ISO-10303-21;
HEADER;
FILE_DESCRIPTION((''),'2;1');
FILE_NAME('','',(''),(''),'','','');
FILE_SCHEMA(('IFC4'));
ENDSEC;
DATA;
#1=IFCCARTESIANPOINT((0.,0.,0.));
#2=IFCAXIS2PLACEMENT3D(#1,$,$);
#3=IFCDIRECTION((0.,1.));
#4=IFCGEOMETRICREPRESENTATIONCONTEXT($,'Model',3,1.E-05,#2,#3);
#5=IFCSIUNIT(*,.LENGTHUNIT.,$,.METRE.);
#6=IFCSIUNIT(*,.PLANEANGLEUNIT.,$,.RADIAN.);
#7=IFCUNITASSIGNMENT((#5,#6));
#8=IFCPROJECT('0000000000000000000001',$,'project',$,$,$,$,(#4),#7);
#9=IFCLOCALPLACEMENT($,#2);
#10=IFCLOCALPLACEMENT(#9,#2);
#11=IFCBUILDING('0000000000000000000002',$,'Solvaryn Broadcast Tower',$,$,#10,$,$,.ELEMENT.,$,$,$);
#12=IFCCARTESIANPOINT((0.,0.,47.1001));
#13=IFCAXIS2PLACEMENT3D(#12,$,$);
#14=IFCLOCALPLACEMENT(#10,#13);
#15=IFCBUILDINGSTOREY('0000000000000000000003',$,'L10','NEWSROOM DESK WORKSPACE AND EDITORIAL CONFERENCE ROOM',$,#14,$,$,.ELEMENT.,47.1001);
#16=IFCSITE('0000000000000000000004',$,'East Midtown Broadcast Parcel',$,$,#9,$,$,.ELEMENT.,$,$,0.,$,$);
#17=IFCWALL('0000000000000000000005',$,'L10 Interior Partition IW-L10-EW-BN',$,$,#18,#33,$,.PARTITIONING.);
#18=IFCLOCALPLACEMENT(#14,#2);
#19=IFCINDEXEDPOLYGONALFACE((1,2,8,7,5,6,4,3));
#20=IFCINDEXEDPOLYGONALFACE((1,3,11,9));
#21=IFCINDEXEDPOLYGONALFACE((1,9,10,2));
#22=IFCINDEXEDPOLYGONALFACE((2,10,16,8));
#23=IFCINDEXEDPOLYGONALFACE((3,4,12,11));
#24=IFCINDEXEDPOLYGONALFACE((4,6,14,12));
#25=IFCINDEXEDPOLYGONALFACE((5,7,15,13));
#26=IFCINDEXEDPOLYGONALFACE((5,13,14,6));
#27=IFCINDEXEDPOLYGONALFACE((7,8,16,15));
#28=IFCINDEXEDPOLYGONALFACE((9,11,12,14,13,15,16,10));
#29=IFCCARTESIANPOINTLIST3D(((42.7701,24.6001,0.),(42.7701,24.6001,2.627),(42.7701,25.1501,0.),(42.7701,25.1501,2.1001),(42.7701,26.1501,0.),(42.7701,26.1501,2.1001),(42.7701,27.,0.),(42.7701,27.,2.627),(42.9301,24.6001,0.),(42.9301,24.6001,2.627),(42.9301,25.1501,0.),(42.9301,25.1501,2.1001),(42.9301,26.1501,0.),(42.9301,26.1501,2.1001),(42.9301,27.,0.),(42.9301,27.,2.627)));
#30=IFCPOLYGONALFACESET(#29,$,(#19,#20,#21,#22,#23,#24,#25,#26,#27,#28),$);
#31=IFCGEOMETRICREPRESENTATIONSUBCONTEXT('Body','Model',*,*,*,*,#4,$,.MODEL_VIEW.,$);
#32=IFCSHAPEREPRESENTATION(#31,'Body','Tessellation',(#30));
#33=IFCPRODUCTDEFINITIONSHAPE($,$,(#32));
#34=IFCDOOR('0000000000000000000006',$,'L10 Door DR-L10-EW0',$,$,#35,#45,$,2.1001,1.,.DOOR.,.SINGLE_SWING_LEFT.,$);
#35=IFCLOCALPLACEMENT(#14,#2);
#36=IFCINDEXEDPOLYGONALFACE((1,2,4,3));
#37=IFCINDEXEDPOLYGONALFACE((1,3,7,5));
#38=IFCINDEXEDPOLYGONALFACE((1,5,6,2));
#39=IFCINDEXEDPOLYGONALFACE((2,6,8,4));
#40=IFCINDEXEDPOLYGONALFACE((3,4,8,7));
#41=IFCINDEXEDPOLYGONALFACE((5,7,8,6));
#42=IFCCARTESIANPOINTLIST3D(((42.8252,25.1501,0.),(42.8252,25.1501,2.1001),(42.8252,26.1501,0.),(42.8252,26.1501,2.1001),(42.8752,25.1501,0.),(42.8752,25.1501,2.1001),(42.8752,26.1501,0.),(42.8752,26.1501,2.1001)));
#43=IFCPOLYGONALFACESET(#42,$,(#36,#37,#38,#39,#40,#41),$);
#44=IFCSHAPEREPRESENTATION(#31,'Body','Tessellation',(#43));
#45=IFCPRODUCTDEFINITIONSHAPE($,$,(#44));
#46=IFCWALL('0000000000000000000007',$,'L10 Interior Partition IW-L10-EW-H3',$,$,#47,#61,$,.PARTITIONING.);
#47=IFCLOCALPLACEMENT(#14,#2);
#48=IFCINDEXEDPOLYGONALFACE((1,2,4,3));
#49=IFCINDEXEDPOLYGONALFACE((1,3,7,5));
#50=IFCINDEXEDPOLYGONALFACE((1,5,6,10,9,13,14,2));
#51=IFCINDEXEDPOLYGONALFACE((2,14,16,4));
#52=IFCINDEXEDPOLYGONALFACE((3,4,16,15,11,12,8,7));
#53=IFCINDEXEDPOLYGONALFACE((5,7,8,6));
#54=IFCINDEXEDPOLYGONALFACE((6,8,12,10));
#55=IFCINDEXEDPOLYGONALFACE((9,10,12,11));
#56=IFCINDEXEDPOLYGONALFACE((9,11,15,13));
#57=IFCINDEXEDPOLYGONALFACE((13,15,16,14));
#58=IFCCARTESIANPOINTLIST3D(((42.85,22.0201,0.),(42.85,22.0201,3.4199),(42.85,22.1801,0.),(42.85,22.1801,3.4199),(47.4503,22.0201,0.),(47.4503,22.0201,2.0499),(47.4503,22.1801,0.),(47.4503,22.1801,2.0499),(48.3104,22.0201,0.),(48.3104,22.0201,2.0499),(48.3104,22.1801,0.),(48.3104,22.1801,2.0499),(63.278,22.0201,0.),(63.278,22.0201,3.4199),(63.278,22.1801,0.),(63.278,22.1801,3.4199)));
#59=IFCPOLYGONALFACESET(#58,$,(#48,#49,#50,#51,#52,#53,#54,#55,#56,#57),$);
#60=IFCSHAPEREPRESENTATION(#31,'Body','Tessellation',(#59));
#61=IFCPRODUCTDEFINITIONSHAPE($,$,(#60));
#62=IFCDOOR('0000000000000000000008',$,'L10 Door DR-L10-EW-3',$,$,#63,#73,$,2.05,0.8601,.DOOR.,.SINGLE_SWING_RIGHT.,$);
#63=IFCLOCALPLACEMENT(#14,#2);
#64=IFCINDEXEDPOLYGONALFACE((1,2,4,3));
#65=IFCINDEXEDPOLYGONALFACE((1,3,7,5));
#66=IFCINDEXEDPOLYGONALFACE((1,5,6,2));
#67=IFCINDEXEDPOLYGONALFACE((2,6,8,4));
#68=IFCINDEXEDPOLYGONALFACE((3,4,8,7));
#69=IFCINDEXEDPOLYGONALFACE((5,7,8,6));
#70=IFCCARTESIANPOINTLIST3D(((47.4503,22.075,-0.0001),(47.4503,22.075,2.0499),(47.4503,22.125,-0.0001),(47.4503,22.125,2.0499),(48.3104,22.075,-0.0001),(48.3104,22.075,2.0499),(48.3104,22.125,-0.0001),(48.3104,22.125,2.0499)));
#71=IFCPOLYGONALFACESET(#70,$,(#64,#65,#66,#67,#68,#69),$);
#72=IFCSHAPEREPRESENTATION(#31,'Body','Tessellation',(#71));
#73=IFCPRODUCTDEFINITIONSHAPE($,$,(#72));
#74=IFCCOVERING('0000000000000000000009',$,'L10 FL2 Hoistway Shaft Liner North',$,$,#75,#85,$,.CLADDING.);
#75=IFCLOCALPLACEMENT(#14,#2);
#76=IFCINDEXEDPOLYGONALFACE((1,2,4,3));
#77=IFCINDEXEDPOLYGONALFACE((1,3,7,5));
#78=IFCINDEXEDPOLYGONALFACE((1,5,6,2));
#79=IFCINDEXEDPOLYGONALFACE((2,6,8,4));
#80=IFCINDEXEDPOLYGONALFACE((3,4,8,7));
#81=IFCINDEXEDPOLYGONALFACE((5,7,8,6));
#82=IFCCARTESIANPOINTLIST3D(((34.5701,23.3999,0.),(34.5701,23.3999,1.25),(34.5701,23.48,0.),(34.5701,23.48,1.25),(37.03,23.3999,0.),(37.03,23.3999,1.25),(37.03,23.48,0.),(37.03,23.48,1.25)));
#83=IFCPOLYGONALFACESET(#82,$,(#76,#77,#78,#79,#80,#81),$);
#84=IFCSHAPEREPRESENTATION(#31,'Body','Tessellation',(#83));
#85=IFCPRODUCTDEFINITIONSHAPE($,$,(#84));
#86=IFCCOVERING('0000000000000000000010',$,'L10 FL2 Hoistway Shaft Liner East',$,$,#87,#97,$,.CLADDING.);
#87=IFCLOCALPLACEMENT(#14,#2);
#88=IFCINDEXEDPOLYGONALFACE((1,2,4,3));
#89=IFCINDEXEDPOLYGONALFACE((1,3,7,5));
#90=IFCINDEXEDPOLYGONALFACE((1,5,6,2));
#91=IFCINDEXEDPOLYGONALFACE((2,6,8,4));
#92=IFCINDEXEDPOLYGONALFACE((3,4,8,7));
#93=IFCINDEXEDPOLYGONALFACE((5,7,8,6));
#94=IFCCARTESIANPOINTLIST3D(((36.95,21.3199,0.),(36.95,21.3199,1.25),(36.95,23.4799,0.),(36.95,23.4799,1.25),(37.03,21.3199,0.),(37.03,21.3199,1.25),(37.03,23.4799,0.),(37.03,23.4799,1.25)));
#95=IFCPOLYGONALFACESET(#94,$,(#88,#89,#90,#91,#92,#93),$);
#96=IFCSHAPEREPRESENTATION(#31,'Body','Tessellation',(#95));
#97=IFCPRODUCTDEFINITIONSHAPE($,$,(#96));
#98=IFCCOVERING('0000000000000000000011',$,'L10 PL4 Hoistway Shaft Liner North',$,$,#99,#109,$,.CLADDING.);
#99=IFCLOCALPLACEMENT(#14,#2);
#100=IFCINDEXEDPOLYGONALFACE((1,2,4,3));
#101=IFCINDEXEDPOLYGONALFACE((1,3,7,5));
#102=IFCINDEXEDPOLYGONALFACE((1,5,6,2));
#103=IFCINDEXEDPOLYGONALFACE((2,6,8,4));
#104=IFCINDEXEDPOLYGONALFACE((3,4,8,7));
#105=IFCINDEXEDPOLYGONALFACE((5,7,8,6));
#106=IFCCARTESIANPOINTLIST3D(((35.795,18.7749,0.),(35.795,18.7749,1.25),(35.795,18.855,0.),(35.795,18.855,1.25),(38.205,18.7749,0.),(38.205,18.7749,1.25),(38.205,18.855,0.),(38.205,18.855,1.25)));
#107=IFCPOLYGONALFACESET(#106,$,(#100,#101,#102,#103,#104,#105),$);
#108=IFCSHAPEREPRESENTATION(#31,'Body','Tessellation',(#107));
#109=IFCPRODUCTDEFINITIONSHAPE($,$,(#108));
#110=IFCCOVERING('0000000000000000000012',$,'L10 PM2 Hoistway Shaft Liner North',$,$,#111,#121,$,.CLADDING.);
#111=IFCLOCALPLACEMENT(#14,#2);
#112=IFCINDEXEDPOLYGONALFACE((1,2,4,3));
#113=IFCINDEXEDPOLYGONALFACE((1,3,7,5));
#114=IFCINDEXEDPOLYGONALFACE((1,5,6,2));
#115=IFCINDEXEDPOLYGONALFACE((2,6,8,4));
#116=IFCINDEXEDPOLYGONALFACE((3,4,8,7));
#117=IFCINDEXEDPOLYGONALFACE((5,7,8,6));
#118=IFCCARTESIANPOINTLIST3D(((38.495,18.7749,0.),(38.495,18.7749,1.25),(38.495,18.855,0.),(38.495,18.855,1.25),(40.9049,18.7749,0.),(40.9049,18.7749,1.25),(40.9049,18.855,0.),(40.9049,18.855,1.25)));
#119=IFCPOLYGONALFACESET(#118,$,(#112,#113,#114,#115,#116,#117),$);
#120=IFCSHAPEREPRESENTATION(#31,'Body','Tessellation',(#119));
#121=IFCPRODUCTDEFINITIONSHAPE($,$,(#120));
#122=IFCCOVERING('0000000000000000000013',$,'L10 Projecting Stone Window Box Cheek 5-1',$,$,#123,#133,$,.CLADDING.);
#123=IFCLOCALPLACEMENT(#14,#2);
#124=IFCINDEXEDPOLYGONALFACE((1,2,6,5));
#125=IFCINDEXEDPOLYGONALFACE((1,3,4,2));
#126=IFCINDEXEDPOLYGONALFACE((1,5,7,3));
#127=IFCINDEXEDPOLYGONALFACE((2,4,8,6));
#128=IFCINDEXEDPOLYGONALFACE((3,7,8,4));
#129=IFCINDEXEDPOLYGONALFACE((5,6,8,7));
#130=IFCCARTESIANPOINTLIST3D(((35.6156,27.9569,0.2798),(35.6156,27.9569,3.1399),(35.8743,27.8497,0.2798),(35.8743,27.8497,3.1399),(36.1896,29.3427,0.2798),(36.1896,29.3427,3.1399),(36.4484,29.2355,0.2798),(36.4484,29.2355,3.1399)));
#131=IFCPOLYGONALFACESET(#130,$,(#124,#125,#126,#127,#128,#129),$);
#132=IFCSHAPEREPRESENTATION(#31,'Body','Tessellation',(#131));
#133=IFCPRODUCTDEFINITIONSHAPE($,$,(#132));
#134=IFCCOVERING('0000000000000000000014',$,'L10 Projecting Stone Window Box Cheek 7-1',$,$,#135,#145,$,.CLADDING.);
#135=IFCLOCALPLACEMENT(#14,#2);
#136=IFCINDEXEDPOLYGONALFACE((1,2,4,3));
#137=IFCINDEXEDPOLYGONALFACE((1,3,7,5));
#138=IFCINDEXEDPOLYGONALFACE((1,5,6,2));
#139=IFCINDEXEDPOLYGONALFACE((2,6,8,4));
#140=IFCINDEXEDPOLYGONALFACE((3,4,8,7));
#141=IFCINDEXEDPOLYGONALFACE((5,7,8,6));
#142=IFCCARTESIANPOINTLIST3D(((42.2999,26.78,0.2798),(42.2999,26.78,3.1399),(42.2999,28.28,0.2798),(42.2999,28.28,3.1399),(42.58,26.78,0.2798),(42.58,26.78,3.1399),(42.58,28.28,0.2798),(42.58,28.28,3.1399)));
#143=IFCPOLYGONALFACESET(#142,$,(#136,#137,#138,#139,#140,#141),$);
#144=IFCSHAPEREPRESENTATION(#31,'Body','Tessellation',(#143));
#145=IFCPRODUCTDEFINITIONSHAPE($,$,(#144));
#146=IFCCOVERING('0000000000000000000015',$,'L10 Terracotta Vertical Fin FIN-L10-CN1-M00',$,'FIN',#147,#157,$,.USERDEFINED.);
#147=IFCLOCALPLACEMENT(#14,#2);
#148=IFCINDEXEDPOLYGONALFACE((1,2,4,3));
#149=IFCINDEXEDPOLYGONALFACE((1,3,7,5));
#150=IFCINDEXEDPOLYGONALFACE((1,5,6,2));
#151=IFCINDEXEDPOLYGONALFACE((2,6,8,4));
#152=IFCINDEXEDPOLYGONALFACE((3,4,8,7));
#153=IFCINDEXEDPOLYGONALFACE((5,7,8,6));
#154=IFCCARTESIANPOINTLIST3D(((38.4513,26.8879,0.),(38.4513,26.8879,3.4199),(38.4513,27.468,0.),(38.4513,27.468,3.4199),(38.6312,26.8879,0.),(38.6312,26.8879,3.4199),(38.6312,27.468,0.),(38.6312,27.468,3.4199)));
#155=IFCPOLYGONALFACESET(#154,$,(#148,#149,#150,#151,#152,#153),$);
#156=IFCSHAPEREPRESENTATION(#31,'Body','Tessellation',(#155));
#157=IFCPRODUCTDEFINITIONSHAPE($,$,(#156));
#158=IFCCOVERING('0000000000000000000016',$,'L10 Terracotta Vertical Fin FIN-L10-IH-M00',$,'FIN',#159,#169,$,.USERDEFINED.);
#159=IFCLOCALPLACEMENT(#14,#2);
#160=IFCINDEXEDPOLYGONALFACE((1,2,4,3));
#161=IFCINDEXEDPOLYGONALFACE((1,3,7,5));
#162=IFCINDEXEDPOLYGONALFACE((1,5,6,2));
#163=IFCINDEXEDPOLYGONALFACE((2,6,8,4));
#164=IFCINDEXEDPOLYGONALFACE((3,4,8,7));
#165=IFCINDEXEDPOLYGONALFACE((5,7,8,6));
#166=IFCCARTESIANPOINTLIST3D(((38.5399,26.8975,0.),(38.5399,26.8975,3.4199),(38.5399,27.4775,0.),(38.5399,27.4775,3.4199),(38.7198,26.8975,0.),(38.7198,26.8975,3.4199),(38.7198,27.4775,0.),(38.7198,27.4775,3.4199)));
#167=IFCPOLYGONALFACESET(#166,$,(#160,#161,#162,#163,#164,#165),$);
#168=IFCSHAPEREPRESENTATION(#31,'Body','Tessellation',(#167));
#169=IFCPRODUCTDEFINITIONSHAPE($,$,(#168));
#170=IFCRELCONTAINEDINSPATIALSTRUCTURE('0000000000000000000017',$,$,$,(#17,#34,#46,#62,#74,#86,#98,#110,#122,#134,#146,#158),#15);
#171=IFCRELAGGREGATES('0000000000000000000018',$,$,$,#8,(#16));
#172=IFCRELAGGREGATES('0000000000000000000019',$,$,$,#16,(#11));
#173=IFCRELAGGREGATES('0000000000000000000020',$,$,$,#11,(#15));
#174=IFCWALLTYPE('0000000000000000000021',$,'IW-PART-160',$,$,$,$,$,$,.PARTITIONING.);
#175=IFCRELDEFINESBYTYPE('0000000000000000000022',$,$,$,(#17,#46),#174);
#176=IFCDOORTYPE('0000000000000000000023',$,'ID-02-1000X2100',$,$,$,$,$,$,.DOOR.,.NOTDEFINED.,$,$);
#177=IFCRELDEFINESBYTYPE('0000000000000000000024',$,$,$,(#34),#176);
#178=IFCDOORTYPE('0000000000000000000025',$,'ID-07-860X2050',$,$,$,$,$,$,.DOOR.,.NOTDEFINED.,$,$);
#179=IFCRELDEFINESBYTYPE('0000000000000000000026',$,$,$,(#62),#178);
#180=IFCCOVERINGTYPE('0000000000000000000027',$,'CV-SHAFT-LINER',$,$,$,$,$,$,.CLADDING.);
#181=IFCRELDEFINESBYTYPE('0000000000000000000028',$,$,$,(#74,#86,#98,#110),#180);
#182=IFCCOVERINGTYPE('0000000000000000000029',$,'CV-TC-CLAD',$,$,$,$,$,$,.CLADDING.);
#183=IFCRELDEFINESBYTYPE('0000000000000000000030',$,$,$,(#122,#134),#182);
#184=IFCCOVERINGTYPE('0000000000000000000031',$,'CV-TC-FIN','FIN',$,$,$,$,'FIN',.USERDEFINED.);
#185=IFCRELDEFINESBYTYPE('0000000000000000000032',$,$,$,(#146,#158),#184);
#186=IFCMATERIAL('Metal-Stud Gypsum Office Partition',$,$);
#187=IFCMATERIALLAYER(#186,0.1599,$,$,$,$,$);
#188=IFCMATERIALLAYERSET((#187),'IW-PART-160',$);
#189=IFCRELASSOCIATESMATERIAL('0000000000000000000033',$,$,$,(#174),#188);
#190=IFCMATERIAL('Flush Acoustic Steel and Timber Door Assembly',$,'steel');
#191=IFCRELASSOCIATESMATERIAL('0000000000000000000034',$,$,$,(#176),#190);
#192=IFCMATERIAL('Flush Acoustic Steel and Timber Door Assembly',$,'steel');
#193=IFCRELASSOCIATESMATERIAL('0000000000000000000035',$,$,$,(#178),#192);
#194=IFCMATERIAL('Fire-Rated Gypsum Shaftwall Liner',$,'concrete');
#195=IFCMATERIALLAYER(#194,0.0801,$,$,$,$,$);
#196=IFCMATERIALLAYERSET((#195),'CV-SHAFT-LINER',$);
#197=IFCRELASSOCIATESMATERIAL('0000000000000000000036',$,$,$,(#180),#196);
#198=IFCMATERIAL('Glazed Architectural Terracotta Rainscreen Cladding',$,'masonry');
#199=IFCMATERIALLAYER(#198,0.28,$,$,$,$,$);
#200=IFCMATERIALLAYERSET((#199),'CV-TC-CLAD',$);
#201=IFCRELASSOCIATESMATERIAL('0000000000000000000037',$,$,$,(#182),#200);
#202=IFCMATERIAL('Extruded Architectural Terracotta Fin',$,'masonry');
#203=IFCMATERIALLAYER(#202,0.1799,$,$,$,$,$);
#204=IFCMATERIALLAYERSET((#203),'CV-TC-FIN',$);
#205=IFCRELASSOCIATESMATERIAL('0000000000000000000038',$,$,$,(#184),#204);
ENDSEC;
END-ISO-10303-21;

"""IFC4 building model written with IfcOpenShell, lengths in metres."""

from ifc_helpers import new_model, si_unit, direction, frame, frame_2d, origin, origin_2d, place, context, subcontext, project, spatial, rectangle, extrude, material, layer, layer_set, type_object, element, fill, save


model = new_model("IFC4")

# Units and contexts
model_context = context("Model", 3, precision=1e-05, world=origin(), true_north=direction((0.0, 1.0)))
body_context = subcontext(model_context, "Body", "Model", "MODEL_VIEW")
ifc_project = project(units=[si_unit("LENGTHUNIT", "METRE"), si_unit("PLANEANGLEUNIT", "RADIAN")], contexts=[model_context])

# Site, building, storey
site_placement = place(None, origin())
site = spatial("IfcSite", under=ifc_project, at=site_placement, Name="East Midtown Broadcast Parcel", CompositionType="ELEMENT", RefElevation=0.0)
building_placement = place(site_placement, origin())
building = spatial("IfcBuilding", under=site, at=building_placement, Name="Solvaryn Broadcast Tower", CompositionType="ELEMENT")
storey_placement = place(building_placement, frame((0.0, 0.0, 47.1001)))
storey = spatial("IfcBuildingStorey", under=building, at=storey_placement, Name="L10", Description="NEWSROOM DESK WORKSPACE AND EDITORIAL CONFERENCE ROOM", CompositionType="ELEMENT", Elevation=47.1001)

# Walls, openings, doors
ifc_material_1 = material(Name="Metal-Stud Gypsum Office Partition")
ifc_layer_1 = layer(ifc_material_1, 0.1599)
ifc_layer_set_1 = layer_set([ifc_layer_1], Name="IW-PART-160")
wall_type_1 = type_object("IfcWallType", Name="IW-PART-160", PredefinedType="PARTITIONING", material=ifc_layer_set_1)
wall_1_placement = place(storey_placement, frame((42.8501, 24.6001, 0.0), z_axis=(0.0, 0.0, 1.0), x_axis=(0.0, 1.0, 0.0)))
wall_1 = element("IfcWall", 1, at=wall_1_placement, inside=storey, type_object=wall_type_1, Name="L10 Interior Partition IW-L10-EW-BN", PredefinedType="PARTITIONING", context=body_context, shape_type="SweptSolid", body=[
    extrude(rectangle(XDim=2.3999, YDim=0.1599, at=frame_2d((1.2, 0.0))), origin(), (0.0, 0.0, 1.0), 2.627),
])
opening_1_placement = place(wall_1_placement, frame((0.55, 0.0, 0.0)))
opening_1 = element("IfcOpeningElement", 2, at=opening_1_placement, cuts=wall_1, PredefinedType="OPENING", context=body_context, shape_type="SweptSolid", body=[
    extrude(rectangle(XDim=1.0, YDim=2.1001, at=frame_2d((0.5, 1.05))), frame((0.0, 0.0901, 0.0), z_axis=(0.0, -1.0, 0.0), x_axis=(1.0, 0.0, 0.0)), (0.0, 0.0, 1.0), 0.1799),
])
ifc_material_2 = material(Name="Flush Acoustic Steel and Timber Door Assembly", Category="steel")
door_type_1 = type_object("IfcDoorType", Name="ID-02-1000X2100", OperationType="NOTDEFINED", PredefinedType="DOOR", material=ifc_material_2)
door_1_placement = place(opening_1_placement, origin())
door_1 = element("IfcDoor", 3, at=door_1_placement, inside=storey, type_object=door_type_1, Name="L10 Door DR-L10-EW0", OperationType="SINGLE_SWING_LEFT", OverallHeight=2.1001, OverallWidth=1.0, PredefinedType="DOOR", context=body_context, shape_type="SweptSolid", body=[
    extrude(rectangle(XDim=1.0, YDim=2.1001, at=frame_2d((0.5, 1.05))), frame((0.0, 0.0249, 0.0), z_axis=(0.0, -1.0, 0.0), x_axis=(1.0, 0.0, 0.0)), (0.0, 0.0, 1.0), 0.05),
])
fill(opening_1, door_1)
wall_2_placement = place(storey_placement, frame((42.8501, 22.1001, 0.0), z_axis=(0.0, 0.0, 1.0), x_axis=(1.0, 0.0, 0.0)))
wall_2 = element("IfcWall", 4, at=wall_2_placement, inside=storey, type_object=wall_type_1, Name="L10 Interior Partition IW-L10-EW-H3", PredefinedType="PARTITIONING", context=body_context, shape_type="SweptSolid", body=[
    extrude(rectangle(XDim=20.428, YDim=0.1599, at=frame_2d((10.2139, 0.0))), origin(), (0.0, 0.0, 1.0), 3.4199),
])
opening_2_placement = place(wall_2_placement, frame((4.6001, 0.0, 0.0)))
opening_2 = element("IfcOpeningElement", 5, at=opening_2_placement, cuts=wall_2, PredefinedType="OPENING", context=body_context, shape_type="SweptSolid", body=[
    extrude(rectangle(XDim=0.8601, YDim=2.05, at=frame_2d((0.4302, 1.0249))), frame((0.0, 0.0901, 0.0), z_axis=(0.0, -1.0, 0.0), x_axis=(1.0, 0.0, 0.0)), (0.0, 0.0, 1.0), 0.1799),
])
ifc_material_3 = material(Name="Flush Acoustic Steel and Timber Door Assembly", Category="steel")
door_type_2 = type_object("IfcDoorType", Name="ID-07-860X2050", OperationType="NOTDEFINED", PredefinedType="DOOR", material=ifc_material_3)
door_2_placement = place(opening_2_placement, origin())
door_2 = element("IfcDoor", 6, at=door_2_placement, inside=storey, type_object=door_type_2, Name="L10 Door DR-L10-EW-3", OperationType="SINGLE_SWING_RIGHT", OverallHeight=2.05, OverallWidth=0.8601, PredefinedType="DOOR", context=body_context, shape_type="SweptSolid", body=[
    extrude(rectangle(XDim=0.8601, YDim=2.05, at=frame_2d((0.4302, 1.0249))), frame((0.0, 0.0249, 0.0), z_axis=(0.0, -1.0, 0.0), x_axis=(1.0, 0.0, 0.0)), (0.0, 0.0, 1.0), 0.05),
])
fill(opening_2, door_2)

# Coverings
ifc_material_4 = material(Name="Fire-Rated Gypsum Shaftwall Liner", Category="concrete")
ifc_layer_2 = layer(ifc_material_4, 0.0801)
ifc_layer_set_2 = layer_set([ifc_layer_2], Name="CV-SHAFT-LINER")
covering_type_1 = type_object("IfcCoveringType", Name="CV-SHAFT-LINER", PredefinedType="CLADDING", material=ifc_layer_set_2)
covering_1_placement = place(storey_placement, frame((35.8, 23.4399, 0.0), z_axis=(0.0, 0.0, 1.0), x_axis=(1.0, 0.0, 0.0)))
element("IfcCovering", 7, at=covering_1_placement, inside=storey, type_object=covering_type_1, Name="L10 FL2 Hoistway Shaft Liner North", PredefinedType="CLADDING", context=body_context, shape_type="SweptSolid", body=[
    extrude(rectangle(XDim=2.46, YDim=0.0801, at=origin_2d()), origin(), (0.0, 0.0, 1.0), 1.25),
])
covering_2_placement = place(storey_placement, frame((36.99, 22.3999, 0.0), z_axis=(0.0, 0.0, 1.0), x_axis=(1.0, 0.0, 0.0)))
element("IfcCovering", 8, at=covering_2_placement, inside=storey, type_object=covering_type_1, Name="L10 FL2 Hoistway Shaft Liner East", PredefinedType="CLADDING", context=body_context, shape_type="SweptSolid", body=[
    extrude(rectangle(XDim=0.0801, YDim=2.1599, at=origin_2d()), origin(), (0.0, 0.0, 1.0), 1.25),
])
for number, where, z_axis, x_axis, name in (
    (9, (37.0, 18.8149, 0.0), (0.0, 0.0, 1.0), (1.0, 0.0, 0.0), "L10 PL4 Hoistway Shaft Liner North"),
    (10, (39.7, 18.8149, 0.0), (0.0, 0.0, 1.0), (1.0, 0.0, 0.0), "L10 PM2 Hoistway Shaft Liner North"),
):
    element("IfcCovering", number, at=place(storey_placement, frame(where, z_axis=z_axis, x_axis=x_axis)), inside=storey, type_object=covering_type_1, Name=name, PredefinedType="CLADDING", context=body_context, shape_type="SweptSolid", body=[
        extrude(rectangle(XDim=2.4099, YDim=0.0801, at=origin_2d()), origin(), (0.0, 0.0, 1.0), 1.25),
    ])
ifc_material_5 = material(Name="Glazed Architectural Terracotta Rainscreen Cladding", Category="masonry")
ifc_layer_3 = layer(ifc_material_5, 0.28)
ifc_layer_set_3 = layer_set([ifc_layer_3], Name="CV-TC-CLAD")
covering_type_2 = type_object("IfcCoveringType", Name="CV-TC-CLAD", PredefinedType="CLADDING", material=ifc_layer_set_3)
for number, where, z_axis, x_axis, name in (
    (11, (36.032, 28.5962, 0.2798), (0.0, 0.0, 1.0), (-0.92388, 0.382683, 0.0), "L10 Projecting Stone Window Box Cheek 5-1"),
    (12, (42.4399, 27.53, 0.2798), (0.0, 0.0, 1.0), (1.0, 0.0, 0.0), "L10 Projecting Stone Window Box Cheek 7-1"),
):
    element("IfcCovering", number, at=place(storey_placement, frame(where, z_axis=z_axis, x_axis=x_axis)), inside=storey, type_object=covering_type_2, Name=name, PredefinedType="CLADDING", context=body_context, shape_type="SweptSolid", body=[
        extrude(rectangle(XDim=0.28, YDim=1.5, at=origin_2d()), origin(), (0.0, 0.0, 1.0), 2.8601),
    ])
ifc_material_6 = material(Name="Extruded Architectural Terracotta Fin", Category="masonry")
ifc_layer_4 = layer(ifc_material_6, 0.1799)
ifc_layer_set_4 = layer_set([ifc_layer_4], Name="CV-TC-FIN")
covering_type_3 = type_object("IfcCoveringType", Name="CV-TC-FIN", Description="FIN", ElementType="FIN", PredefinedType="USERDEFINED", material=ifc_layer_set_4)
for number, where, z_axis, x_axis, name in (
    (13, (38.5413, 27.178, 0.0), (0.0, 0.0, 1.0), (1.0, 0.0, 0.0), "L10 Terracotta Vertical Fin FIN-L10-CN1-M00"),
    (14, (38.6299, 27.1875, 0.0), (0.0, 0.0, 1.0), (1.0, 0.0, 0.0), "L10 Terracotta Vertical Fin FIN-L10-IH-M00"),
):
    element("IfcCovering", number, at=place(storey_placement, frame(where, z_axis=z_axis, x_axis=x_axis)), inside=storey, type_object=covering_type_3, Name=name, ObjectType="FIN", PredefinedType="USERDEFINED", context=body_context, shape_type="SweptSolid", body=[
        extrude(rectangle(XDim=0.1799, YDim=0.5801, at=origin_2d()), origin(), (0.0, 0.0, 1.0), 3.4199),
    ])

save(model, "model.ifc")
